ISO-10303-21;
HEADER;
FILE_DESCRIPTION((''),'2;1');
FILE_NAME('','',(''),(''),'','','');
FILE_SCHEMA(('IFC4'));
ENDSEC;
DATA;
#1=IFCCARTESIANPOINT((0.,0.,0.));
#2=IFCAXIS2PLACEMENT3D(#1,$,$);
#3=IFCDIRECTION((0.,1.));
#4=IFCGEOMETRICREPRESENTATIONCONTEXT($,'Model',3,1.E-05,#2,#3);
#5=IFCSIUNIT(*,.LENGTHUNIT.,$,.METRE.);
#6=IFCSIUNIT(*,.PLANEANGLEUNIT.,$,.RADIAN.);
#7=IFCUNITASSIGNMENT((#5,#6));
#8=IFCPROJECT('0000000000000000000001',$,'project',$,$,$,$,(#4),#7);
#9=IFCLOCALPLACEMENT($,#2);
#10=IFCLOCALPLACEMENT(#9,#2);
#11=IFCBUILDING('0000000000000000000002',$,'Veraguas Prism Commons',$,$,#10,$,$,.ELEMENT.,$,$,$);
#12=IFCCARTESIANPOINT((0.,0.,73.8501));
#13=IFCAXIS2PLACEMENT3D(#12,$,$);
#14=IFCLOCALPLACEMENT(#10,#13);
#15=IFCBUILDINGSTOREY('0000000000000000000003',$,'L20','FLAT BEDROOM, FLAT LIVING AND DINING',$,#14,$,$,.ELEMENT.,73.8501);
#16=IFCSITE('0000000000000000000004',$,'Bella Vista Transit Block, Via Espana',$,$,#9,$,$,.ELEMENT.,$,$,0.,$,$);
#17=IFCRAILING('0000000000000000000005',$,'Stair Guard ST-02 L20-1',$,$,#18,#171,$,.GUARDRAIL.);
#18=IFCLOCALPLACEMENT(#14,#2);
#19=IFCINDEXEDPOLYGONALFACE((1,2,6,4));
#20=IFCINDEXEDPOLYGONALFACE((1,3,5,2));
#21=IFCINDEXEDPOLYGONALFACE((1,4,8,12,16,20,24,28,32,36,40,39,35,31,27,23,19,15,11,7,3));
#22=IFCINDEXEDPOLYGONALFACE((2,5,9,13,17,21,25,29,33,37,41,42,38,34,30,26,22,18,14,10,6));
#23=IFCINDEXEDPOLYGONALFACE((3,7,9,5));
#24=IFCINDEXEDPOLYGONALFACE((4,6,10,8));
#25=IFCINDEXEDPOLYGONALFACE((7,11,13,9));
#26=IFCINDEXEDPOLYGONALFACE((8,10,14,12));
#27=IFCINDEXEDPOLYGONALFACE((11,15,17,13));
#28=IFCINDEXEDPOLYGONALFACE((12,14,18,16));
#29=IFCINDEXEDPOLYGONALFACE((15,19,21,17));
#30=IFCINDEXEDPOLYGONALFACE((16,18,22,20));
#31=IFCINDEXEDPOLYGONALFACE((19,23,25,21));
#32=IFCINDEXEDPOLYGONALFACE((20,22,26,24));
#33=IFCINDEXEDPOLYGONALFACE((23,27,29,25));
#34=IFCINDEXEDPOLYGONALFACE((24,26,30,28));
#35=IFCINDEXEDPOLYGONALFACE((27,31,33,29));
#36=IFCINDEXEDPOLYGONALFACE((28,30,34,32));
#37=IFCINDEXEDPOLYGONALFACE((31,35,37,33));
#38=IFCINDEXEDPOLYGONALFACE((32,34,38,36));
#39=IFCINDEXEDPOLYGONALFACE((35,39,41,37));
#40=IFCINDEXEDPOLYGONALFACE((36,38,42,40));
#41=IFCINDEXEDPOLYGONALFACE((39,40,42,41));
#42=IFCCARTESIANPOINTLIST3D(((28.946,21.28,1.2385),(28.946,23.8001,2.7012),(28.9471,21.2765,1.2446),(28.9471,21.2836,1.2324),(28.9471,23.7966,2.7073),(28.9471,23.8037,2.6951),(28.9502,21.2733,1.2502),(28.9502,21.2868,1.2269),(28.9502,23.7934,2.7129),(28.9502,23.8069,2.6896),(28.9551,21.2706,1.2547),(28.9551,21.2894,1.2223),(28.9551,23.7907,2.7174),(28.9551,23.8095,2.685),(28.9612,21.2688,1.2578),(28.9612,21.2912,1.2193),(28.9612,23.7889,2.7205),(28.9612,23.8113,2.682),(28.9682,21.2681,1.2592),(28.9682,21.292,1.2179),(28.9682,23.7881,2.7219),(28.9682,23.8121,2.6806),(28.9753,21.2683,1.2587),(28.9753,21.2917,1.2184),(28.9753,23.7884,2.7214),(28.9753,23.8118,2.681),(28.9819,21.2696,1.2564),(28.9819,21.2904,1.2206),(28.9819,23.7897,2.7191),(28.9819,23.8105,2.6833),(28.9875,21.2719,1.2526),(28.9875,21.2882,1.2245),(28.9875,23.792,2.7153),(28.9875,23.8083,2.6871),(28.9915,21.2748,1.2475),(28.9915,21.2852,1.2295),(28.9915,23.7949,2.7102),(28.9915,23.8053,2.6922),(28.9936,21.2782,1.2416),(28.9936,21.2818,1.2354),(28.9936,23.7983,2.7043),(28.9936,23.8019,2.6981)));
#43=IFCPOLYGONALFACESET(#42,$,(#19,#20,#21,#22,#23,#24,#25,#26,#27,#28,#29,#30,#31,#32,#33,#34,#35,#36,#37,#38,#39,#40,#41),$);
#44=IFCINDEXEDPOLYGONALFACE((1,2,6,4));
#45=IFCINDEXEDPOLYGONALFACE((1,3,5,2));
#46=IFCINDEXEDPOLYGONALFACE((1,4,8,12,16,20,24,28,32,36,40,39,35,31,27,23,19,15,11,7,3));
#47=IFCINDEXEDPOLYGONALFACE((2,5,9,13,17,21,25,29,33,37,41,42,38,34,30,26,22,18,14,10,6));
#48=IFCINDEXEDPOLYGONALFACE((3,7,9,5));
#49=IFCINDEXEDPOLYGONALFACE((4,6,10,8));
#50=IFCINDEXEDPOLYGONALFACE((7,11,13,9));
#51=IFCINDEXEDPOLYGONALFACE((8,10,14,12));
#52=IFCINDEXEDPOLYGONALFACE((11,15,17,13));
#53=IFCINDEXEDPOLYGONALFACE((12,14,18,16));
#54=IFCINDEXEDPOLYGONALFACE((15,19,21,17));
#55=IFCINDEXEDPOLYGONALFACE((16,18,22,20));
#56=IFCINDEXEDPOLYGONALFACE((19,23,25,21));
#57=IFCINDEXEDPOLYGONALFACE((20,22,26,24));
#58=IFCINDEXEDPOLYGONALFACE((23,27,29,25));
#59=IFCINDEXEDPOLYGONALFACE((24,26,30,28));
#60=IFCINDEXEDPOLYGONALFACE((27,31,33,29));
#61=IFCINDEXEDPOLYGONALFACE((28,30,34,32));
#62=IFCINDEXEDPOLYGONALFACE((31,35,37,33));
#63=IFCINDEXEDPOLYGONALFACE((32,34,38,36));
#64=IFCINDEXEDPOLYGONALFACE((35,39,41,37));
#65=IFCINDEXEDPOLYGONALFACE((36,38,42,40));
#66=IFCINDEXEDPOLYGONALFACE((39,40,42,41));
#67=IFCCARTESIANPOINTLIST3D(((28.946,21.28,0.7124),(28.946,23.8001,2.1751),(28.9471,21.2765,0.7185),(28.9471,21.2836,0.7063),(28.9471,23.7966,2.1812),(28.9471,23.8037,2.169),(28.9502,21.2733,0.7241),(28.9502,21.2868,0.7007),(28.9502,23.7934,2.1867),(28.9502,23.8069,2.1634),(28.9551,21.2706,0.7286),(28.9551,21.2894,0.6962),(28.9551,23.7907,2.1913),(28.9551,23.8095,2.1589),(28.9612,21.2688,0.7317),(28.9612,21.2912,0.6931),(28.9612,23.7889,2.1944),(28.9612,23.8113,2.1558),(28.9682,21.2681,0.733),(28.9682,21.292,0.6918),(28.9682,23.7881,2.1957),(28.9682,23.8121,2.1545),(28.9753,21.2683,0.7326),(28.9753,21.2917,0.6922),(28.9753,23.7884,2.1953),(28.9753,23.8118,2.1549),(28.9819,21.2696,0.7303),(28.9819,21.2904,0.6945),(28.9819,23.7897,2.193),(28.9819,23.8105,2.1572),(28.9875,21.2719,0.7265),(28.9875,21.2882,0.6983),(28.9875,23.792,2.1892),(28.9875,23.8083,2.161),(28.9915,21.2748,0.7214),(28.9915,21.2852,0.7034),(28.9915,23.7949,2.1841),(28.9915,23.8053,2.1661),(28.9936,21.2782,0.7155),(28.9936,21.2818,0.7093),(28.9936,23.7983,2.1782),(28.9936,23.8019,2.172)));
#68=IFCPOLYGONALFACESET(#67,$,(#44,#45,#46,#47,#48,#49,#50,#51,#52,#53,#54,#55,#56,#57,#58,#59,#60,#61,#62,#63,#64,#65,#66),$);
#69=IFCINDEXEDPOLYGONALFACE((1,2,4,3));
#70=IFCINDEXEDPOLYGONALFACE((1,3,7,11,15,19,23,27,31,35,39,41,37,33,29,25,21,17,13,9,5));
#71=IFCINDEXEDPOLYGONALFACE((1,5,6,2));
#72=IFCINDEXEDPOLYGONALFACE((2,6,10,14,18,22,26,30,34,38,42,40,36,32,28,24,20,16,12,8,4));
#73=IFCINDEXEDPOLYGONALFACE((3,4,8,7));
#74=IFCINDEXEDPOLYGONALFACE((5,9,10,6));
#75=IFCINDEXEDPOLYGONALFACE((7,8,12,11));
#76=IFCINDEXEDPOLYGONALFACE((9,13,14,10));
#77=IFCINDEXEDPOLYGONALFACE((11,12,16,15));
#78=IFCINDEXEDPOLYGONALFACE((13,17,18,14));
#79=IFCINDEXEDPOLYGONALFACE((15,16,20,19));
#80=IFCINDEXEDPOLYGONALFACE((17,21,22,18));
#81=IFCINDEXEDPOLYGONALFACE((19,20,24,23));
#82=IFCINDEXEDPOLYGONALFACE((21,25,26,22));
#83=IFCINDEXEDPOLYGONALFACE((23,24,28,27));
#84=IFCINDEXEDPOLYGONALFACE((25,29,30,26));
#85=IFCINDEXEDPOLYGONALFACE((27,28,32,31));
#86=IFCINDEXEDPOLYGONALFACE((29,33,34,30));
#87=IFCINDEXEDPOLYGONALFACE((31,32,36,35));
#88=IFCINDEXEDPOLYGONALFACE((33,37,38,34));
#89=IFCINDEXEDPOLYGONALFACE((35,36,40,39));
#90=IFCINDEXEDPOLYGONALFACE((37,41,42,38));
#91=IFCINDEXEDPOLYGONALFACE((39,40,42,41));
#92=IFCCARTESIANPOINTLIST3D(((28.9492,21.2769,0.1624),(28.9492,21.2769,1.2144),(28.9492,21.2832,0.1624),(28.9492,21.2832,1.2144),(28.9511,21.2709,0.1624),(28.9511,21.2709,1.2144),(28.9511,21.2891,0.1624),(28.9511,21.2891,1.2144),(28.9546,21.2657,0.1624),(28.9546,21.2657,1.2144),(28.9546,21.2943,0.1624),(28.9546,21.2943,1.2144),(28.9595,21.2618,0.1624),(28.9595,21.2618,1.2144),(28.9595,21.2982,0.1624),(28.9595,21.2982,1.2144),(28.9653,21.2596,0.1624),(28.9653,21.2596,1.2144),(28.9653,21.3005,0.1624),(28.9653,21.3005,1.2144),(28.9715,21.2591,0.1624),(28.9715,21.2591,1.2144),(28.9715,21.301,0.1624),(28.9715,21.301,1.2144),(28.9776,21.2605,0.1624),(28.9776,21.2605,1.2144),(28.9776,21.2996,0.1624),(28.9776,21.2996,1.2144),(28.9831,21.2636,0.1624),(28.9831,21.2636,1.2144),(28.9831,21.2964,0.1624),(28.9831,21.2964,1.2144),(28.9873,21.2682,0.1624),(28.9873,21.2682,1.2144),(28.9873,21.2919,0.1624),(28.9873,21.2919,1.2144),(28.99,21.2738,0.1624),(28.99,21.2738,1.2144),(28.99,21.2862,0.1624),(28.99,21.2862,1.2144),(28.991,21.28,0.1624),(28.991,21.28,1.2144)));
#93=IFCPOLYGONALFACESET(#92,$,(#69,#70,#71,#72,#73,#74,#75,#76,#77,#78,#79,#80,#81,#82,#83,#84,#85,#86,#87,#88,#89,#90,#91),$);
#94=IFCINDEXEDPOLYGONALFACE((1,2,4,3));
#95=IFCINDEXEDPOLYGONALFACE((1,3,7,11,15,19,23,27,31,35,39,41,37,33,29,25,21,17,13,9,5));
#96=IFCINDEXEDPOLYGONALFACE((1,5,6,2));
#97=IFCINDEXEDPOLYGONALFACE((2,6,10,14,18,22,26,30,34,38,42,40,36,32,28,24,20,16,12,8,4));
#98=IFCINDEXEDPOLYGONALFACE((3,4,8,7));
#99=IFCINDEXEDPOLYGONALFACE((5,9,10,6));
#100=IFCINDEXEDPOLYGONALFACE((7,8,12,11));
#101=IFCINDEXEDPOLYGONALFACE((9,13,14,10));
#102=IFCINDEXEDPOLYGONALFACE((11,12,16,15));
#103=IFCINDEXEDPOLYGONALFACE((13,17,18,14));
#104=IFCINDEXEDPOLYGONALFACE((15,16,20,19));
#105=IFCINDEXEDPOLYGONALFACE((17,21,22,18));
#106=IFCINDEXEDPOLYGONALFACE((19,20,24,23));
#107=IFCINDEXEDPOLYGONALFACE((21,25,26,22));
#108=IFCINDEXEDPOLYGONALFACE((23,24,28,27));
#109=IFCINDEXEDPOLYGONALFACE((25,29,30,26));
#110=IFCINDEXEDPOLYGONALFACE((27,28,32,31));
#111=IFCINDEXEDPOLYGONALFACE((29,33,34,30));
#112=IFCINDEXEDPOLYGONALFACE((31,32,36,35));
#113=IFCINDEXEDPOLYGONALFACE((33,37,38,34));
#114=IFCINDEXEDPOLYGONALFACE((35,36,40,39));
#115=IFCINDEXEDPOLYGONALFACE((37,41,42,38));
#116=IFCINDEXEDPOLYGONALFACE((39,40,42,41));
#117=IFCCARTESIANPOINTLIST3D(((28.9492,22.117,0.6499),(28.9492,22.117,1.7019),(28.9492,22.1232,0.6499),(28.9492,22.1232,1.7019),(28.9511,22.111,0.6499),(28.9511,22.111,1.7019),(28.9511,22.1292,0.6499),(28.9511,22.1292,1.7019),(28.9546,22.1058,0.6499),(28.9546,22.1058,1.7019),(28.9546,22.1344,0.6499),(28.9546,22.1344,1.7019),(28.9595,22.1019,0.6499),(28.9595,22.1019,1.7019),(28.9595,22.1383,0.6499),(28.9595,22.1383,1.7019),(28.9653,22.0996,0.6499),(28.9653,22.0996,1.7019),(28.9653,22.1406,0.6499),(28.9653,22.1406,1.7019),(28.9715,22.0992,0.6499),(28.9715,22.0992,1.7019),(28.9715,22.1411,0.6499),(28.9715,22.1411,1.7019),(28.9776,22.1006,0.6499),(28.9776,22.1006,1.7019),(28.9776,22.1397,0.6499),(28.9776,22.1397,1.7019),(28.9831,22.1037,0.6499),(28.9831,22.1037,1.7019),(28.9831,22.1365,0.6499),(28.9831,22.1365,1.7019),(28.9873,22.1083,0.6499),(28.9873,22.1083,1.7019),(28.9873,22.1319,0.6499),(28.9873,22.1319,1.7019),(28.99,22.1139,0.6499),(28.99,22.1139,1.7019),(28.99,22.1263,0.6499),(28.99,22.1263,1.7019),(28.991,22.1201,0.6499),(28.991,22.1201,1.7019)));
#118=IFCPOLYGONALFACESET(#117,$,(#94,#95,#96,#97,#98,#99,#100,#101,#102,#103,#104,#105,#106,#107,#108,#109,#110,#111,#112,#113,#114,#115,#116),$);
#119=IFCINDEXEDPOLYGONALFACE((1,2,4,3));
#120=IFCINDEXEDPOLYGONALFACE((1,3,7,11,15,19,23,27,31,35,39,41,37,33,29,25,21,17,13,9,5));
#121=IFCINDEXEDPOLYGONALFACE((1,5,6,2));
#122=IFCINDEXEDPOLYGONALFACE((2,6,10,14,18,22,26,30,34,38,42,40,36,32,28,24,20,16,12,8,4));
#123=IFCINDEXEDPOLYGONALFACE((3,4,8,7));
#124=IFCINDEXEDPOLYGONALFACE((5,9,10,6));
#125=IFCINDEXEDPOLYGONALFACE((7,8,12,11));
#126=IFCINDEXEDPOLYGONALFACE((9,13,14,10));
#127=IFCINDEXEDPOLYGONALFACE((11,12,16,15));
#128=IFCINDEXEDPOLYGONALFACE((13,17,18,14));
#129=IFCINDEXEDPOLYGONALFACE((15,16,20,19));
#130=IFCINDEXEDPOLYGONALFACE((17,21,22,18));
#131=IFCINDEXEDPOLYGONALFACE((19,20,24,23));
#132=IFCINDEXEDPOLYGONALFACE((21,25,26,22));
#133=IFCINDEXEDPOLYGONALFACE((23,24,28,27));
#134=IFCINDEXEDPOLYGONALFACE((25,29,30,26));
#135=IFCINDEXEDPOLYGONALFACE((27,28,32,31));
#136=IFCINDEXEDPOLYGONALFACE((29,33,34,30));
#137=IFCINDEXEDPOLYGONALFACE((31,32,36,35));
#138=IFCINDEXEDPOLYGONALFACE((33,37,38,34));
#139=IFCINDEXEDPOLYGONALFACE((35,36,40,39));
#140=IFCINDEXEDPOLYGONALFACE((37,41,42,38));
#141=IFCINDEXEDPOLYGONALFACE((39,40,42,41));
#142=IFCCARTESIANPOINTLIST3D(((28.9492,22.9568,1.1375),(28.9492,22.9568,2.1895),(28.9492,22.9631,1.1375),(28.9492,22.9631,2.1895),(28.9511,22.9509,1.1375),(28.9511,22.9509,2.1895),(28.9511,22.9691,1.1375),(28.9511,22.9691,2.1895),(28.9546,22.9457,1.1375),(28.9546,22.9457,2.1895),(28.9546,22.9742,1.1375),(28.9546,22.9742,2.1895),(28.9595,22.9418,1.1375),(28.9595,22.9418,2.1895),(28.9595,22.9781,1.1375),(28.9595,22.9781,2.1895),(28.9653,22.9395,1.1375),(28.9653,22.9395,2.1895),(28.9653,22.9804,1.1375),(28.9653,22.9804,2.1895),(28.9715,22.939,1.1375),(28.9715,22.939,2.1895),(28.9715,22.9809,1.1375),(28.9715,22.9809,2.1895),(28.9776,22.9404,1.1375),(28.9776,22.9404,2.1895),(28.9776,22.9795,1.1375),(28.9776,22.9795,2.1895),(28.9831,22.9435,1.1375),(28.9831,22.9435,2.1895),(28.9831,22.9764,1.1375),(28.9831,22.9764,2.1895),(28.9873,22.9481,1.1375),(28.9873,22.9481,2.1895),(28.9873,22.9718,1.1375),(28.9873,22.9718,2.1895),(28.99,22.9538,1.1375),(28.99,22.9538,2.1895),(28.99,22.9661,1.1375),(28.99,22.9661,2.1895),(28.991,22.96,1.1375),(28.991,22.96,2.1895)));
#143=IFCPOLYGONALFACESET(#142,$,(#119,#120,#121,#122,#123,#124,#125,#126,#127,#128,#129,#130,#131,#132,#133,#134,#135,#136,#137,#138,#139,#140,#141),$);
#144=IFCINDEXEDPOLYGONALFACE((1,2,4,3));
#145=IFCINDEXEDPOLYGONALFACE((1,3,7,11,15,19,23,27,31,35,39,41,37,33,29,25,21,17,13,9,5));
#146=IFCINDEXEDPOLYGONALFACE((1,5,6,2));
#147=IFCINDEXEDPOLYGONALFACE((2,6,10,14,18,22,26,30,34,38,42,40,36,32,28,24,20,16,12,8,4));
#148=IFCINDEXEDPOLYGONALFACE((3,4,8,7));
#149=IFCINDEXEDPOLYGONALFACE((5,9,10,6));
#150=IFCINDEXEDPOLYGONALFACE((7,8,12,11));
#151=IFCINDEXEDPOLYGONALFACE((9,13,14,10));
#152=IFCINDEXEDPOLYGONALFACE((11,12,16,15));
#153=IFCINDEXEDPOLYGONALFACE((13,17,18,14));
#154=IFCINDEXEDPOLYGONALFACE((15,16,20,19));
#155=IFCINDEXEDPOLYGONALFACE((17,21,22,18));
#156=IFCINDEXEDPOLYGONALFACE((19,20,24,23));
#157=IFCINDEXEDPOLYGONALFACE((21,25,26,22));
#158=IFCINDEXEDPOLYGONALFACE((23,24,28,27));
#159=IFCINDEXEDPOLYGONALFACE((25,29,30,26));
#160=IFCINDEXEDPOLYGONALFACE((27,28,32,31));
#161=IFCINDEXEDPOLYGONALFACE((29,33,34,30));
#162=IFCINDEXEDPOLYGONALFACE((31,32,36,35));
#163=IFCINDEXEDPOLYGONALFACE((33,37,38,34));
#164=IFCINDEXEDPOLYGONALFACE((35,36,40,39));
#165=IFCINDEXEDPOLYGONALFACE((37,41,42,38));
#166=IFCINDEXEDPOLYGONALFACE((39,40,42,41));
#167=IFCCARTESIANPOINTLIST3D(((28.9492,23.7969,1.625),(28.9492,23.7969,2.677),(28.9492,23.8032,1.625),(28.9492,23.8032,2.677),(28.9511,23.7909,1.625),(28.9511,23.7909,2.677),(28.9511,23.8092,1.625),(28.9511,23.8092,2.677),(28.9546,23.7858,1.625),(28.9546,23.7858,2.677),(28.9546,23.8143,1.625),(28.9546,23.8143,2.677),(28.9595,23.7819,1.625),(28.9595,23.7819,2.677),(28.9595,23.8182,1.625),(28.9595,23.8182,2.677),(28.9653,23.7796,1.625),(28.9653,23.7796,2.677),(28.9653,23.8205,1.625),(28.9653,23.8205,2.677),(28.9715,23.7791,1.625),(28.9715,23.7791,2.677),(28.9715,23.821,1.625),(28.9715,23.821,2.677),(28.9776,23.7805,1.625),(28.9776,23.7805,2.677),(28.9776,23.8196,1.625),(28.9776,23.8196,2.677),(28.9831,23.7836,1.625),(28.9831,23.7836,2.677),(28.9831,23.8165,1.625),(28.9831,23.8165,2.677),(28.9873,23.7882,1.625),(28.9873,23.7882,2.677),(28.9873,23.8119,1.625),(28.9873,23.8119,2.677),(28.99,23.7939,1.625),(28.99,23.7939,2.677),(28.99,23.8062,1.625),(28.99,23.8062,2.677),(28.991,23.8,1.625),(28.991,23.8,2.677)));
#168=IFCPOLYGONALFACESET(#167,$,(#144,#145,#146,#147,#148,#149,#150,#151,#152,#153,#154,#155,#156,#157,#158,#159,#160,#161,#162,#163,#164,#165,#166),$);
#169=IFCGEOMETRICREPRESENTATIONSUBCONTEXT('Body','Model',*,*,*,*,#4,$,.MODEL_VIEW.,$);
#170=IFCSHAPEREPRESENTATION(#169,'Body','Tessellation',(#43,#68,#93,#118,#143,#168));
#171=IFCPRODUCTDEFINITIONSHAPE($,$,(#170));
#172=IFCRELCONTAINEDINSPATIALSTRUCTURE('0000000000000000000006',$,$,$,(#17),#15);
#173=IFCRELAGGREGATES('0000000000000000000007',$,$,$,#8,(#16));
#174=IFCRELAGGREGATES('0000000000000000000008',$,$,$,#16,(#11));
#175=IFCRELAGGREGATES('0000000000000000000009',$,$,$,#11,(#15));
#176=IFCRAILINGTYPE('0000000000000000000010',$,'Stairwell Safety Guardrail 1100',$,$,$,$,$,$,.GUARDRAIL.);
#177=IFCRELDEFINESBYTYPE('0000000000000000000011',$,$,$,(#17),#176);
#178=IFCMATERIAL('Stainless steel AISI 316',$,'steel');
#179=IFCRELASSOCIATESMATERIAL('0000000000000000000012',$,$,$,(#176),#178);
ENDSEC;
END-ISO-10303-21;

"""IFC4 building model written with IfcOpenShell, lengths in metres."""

from ifc_helpers import new_model, si_unit, direction, frame, origin, origin_2d, place, context, subcontext, project, spatial, circle, extrude, material, type_object, element, save


model = new_model("IFC4")

# Units and contexts
model_context = context("Model", 3, precision=1e-05, world=origin(), true_north=direction((0.0, 1.0)))
body_context = subcontext(model_context, "Body", "Model", "MODEL_VIEW")
ifc_project = project(units=[si_unit("LENGTHUNIT", "METRE"), si_unit("PLANEANGLEUNIT", "RADIAN")], contexts=[model_context])

# Site, building, storey
site_placement = place(None, origin())
site = spatial("IfcSite", under=ifc_project, at=site_placement, Name="Bella Vista Transit Block, Via Espana", CompositionType="ELEMENT", RefElevation=0.0)
building_placement = place(site_placement, origin())
building = spatial("IfcBuilding", under=site, at=building_placement, Name="Veraguas Prism Commons", CompositionType="ELEMENT")
storey_placement = place(building_placement, frame((0.0, 0.0, 73.8501)))
storey = spatial("IfcBuildingStorey", under=building, at=storey_placement, Name="L20", Description="FLAT BEDROOM, FLAT LIVING AND DINING", CompositionType="ELEMENT", Elevation=73.8501)

# Shared definitions
ifc_material_1 = material(Name="Stainless steel AISI 316", Category="steel")

# Railing
railing_type_1 = type_object("IfcRailingType", Name="Stairwell Safety Guardrail 1100", PredefinedType="GUARDRAIL", material=ifc_material_1)
railing_1_placement = place(storey_placement, frame((28.97, 21.28, 0.1624)))
element("IfcRailing", 1, at=railing_1_placement, inside=storey, type_object=railing_type_1, Name="Stair Guard ST-02 L20-1", PredefinedType="GUARDRAIL", context=body_context, shape_type="SweptSolid", body=[
    extrude(circle(Radius=0.0239, at=origin_2d()), frame((0.0, 0.0, 1.0762), z_axis=(0.0, 0.864877, 0.501984), x_axis=(-1.0, 0.0, 0.0)), (0.0, 0.0, 1.0), 2.9138),
    extrude(circle(Radius=0.0239, at=origin_2d()), frame((0.0, 0.0, 0.55), z_axis=(0.0, 0.864877, 0.501984), x_axis=(-1.0, 0.0, 0.0)), (0.0, 0.0, 1.0), 2.9138),
    extrude(circle(Radius=0.021, at=origin_2d()), origin(), (0.0, 0.0, 1.0), 1.052),
    extrude(circle(Radius=0.021, at=origin_2d()), frame((0.0, 0.8401, 0.4875)), (0.0, 0.0, 1.0), 1.052),
    extrude(circle(Radius=0.021, at=origin_2d()), frame((0.0, 1.6799, 0.9751)), (0.0, 0.0, 1.0), 1.052),
    extrude(circle(Radius=0.021, at=origin_2d()), frame((0.0, 2.52, 1.4626)), (0.0, 0.0, 1.0), 1.052),
])

save(model, "model.ifc")
